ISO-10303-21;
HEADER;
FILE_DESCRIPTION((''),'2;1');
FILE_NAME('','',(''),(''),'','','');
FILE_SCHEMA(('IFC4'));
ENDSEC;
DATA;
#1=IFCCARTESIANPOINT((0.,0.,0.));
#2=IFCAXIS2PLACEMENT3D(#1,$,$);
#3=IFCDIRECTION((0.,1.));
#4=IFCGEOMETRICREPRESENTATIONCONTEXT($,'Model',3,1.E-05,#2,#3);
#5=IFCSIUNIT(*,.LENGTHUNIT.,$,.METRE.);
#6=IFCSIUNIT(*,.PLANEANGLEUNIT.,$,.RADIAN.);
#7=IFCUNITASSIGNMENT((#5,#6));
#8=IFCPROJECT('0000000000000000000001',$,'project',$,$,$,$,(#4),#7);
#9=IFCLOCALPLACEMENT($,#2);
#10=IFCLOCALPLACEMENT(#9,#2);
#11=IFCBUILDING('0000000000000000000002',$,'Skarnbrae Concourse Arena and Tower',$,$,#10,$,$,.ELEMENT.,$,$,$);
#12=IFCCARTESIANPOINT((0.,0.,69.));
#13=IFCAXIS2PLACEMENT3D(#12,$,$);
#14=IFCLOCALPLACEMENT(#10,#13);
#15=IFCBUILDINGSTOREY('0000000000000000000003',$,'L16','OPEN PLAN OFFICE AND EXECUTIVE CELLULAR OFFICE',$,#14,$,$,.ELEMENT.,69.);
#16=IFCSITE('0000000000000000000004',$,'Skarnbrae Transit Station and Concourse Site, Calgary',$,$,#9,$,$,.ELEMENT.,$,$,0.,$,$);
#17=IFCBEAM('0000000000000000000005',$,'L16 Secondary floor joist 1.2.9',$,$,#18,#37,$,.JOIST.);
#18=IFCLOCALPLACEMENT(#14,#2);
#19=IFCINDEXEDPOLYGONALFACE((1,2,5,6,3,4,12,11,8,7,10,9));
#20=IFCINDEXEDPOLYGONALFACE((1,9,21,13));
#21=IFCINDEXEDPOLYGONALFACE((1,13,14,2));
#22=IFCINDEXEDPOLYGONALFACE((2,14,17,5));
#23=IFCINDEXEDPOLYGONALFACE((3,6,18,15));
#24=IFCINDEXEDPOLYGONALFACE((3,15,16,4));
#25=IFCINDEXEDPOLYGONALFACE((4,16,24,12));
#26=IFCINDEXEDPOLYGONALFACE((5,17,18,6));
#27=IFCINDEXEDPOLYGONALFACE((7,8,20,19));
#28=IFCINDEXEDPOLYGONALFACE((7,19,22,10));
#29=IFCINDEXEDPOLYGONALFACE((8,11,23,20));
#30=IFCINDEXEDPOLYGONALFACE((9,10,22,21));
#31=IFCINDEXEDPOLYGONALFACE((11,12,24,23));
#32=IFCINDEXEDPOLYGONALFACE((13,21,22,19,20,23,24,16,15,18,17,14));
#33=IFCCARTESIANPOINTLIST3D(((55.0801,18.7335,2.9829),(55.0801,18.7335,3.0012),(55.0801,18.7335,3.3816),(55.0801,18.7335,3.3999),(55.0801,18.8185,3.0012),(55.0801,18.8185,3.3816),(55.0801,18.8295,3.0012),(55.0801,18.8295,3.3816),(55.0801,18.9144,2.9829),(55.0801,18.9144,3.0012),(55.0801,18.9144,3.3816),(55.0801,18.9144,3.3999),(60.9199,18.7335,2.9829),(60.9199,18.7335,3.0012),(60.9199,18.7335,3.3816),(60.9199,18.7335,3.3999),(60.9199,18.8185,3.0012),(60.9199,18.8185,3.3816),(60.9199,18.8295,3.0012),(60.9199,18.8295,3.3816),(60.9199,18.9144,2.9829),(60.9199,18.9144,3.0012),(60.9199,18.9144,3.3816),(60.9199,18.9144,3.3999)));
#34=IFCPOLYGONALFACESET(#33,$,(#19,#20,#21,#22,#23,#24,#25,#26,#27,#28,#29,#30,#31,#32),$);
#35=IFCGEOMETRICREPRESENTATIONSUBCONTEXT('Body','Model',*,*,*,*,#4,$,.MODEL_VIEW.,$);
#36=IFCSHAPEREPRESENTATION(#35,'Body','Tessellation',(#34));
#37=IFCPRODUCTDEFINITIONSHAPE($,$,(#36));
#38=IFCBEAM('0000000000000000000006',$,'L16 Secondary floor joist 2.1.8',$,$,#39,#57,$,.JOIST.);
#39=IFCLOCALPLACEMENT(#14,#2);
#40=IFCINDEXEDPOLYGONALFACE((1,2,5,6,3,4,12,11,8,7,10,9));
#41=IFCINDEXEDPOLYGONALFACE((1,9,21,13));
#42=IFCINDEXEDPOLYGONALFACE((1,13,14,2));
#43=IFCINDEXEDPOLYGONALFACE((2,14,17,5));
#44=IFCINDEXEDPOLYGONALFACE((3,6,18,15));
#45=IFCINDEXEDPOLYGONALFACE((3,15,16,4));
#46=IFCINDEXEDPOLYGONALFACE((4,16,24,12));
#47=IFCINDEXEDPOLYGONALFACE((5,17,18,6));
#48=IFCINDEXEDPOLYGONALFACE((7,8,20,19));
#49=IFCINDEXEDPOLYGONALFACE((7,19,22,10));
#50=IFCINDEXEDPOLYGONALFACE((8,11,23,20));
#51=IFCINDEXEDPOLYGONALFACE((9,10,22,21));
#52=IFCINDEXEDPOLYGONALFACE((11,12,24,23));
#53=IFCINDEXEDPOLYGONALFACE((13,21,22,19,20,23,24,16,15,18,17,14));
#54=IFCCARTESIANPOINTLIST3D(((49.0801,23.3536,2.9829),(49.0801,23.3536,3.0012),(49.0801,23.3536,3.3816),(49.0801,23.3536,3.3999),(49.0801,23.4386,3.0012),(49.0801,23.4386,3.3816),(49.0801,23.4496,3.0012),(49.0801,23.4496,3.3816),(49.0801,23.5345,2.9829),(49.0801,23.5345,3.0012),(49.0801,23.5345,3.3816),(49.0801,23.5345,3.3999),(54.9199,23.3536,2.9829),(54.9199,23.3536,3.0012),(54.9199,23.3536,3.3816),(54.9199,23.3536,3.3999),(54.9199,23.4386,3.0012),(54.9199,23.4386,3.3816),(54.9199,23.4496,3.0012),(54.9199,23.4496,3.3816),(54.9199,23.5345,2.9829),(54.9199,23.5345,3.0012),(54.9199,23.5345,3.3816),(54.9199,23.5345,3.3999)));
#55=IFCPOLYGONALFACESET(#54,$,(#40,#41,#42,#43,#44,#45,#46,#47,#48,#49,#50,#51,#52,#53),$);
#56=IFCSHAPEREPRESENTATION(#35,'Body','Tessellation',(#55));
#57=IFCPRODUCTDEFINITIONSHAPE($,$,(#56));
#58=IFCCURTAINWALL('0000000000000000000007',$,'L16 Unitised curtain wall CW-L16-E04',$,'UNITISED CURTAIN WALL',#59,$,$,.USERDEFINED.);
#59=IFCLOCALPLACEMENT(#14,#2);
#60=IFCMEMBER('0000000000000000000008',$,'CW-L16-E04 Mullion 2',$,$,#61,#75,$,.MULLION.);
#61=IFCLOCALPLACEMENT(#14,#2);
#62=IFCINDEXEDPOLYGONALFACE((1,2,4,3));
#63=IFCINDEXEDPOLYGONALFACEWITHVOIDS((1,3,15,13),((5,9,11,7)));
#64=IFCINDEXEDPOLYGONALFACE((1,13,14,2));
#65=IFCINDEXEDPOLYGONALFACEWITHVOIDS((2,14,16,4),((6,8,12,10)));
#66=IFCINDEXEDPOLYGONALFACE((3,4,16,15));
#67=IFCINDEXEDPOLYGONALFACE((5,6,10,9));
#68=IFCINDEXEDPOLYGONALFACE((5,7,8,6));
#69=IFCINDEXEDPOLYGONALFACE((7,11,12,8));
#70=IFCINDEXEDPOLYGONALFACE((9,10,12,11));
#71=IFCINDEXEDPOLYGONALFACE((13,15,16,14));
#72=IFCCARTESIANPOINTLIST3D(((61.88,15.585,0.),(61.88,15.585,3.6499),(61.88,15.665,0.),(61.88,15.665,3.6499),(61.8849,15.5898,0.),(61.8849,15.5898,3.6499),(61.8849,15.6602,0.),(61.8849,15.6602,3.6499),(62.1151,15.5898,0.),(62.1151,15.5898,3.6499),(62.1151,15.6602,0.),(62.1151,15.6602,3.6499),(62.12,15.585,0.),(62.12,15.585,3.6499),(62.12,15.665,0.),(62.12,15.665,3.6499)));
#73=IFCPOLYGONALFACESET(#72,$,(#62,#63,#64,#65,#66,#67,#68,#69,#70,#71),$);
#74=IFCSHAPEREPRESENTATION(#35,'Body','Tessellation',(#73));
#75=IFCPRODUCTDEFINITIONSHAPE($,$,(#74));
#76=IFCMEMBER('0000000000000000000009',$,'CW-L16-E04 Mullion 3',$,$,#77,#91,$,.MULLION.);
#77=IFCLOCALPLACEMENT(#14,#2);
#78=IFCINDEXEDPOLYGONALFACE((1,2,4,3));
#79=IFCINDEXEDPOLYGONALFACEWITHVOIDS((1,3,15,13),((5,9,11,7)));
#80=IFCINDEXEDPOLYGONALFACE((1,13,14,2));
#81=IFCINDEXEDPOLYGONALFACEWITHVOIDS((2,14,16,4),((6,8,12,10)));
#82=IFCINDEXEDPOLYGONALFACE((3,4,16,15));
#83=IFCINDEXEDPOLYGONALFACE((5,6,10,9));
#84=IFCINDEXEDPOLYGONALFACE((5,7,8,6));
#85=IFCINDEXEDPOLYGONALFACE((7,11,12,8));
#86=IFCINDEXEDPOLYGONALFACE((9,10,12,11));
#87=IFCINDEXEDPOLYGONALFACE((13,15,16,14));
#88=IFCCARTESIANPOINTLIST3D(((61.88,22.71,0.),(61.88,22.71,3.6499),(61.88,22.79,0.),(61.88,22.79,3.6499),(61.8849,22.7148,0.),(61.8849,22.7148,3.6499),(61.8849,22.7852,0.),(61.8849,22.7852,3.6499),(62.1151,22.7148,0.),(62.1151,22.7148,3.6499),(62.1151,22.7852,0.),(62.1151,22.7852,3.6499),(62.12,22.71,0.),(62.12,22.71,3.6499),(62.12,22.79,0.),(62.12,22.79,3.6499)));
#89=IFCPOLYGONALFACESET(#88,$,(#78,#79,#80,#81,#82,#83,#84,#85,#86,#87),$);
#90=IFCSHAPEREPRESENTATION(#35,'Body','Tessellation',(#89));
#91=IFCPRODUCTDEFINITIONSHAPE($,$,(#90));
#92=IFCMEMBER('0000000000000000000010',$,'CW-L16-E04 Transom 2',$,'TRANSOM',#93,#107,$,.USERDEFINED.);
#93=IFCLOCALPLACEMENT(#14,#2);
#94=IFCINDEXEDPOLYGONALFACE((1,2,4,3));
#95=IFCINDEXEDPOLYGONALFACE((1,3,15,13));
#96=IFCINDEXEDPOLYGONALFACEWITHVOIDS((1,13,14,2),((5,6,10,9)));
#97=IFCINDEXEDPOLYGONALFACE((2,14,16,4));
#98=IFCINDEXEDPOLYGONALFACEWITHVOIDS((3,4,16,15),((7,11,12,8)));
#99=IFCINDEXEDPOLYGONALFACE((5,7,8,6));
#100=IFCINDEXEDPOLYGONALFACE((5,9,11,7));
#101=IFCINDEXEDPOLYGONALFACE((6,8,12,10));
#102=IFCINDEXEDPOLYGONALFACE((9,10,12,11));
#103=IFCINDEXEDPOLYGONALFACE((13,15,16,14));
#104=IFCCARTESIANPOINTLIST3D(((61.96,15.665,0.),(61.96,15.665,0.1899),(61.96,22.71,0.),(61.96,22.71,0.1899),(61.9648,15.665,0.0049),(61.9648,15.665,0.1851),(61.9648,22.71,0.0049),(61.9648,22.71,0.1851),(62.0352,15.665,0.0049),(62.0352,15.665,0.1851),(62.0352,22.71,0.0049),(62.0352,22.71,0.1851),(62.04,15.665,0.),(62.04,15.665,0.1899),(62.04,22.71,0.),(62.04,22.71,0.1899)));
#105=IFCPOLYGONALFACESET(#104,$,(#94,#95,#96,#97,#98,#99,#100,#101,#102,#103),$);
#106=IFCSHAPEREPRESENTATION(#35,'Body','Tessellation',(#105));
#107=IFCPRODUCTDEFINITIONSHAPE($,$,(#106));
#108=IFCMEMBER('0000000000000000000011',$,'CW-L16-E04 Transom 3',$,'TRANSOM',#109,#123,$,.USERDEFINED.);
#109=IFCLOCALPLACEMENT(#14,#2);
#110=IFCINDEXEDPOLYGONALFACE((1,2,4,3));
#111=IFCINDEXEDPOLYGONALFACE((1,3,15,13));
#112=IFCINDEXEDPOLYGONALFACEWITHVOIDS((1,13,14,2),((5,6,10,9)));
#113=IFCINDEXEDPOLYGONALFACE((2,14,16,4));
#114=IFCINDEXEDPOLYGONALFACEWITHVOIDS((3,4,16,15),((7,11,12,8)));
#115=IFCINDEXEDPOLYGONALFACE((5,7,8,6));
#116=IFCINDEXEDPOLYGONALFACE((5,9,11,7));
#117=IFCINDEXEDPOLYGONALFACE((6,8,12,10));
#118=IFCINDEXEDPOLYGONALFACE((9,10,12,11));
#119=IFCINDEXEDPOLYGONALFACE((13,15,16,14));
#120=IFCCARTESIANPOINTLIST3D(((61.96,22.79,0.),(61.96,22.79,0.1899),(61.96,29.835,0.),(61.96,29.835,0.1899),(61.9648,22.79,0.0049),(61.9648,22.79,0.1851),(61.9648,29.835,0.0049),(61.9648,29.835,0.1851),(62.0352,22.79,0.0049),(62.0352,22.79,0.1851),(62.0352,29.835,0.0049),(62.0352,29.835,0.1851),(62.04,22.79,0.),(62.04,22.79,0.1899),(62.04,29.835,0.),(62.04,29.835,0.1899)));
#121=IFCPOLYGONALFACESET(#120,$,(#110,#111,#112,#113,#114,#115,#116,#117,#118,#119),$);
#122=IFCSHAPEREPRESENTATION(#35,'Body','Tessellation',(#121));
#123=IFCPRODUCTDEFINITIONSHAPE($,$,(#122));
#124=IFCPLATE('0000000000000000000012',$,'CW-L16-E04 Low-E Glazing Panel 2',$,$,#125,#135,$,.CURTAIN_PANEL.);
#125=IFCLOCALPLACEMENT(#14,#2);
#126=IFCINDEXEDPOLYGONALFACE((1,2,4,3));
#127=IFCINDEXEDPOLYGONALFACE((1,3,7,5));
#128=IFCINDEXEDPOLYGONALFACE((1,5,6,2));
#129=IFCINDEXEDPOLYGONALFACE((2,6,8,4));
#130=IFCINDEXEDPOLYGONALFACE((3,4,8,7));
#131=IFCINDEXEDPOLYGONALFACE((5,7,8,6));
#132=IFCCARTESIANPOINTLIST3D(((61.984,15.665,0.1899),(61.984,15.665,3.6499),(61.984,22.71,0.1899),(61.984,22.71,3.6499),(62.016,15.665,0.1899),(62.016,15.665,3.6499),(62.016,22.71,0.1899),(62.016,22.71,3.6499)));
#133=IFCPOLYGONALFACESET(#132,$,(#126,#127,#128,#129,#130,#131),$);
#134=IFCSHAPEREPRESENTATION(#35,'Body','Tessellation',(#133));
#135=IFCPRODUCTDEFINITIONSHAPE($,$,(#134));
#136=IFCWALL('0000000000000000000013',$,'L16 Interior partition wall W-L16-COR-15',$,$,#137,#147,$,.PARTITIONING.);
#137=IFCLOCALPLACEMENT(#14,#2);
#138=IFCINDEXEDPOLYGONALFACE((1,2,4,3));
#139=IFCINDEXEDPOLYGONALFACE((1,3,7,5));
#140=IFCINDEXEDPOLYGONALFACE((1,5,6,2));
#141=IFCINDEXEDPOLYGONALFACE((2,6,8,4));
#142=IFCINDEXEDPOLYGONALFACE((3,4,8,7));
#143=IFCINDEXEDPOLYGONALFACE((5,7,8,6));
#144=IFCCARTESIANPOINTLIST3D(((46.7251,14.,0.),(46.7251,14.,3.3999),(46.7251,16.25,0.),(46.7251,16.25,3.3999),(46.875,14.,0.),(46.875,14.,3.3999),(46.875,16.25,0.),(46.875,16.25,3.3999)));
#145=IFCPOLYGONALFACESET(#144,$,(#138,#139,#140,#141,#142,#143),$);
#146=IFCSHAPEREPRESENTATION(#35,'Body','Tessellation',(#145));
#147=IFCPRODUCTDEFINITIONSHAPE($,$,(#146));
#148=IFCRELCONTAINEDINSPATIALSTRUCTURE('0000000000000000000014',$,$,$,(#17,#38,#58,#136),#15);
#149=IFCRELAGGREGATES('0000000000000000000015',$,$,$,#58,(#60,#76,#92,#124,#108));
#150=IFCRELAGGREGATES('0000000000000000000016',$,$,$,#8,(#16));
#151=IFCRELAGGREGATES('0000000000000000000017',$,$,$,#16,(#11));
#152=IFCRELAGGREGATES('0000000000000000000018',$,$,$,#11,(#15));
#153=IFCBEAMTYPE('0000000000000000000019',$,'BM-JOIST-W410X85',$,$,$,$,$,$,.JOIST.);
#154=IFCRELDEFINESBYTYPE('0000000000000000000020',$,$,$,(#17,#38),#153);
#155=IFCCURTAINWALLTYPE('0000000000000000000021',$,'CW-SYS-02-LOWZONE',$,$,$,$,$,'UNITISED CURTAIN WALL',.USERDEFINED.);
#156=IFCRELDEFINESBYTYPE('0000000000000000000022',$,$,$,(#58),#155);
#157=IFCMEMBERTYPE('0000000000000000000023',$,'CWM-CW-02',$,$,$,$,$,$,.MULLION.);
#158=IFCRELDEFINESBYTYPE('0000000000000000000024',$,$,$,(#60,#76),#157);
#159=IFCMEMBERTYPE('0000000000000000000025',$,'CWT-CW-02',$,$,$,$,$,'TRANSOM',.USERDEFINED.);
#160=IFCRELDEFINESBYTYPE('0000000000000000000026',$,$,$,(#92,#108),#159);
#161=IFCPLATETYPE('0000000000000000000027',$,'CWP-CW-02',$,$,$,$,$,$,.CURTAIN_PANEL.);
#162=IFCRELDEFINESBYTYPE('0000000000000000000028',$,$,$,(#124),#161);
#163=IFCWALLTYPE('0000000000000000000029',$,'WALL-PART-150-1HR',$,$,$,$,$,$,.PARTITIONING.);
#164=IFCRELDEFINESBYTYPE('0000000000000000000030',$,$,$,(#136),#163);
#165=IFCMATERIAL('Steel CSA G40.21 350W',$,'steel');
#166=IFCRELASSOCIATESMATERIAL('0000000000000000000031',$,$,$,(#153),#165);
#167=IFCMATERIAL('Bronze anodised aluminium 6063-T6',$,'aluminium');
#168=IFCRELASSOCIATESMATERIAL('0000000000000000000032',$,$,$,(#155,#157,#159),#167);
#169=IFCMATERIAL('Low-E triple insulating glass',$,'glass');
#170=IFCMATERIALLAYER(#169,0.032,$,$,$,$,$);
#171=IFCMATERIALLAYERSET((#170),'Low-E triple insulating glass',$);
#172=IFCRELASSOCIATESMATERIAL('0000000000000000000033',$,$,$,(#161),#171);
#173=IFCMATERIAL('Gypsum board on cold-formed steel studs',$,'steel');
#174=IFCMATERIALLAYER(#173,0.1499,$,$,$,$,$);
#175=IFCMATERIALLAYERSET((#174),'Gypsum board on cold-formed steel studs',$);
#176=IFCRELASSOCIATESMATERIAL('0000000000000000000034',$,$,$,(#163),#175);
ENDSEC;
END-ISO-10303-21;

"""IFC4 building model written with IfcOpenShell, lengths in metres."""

from ifc_helpers import new_model, si_unit, direction, frame, frame_2d, origin, origin_2d, place, context, subcontext, project, spatial, rectangle, hollow_rectangle, i_section, extrude, source, transform, mapped, material, layer, layer_set, material_profile, profile_set, type_object, element, aggregate, save


model = new_model("IFC4")

# Units and contexts
model_context = context("Model", 3, precision=1e-05, world=origin(), true_north=direction((0.0, 1.0)))
body_context = subcontext(model_context, "Body", "Model", "MODEL_VIEW")
ifc_project = project(units=[si_unit("LENGTHUNIT", "METRE"), si_unit("PLANEANGLEUNIT", "RADIAN")], contexts=[model_context])

# Site, building, storey
site_placement = place(None, origin())
site = spatial("IfcSite", under=ifc_project, at=site_placement, Name="Skarnbrae Transit Station and Concourse Site, Calgary", CompositionType="ELEMENT", RefElevation=0.0)
building_placement = place(site_placement, origin())
building = spatial("IfcBuilding", under=site, at=building_placement, Name="Skarnbrae Concourse Arena and Tower", CompositionType="ELEMENT")
storey_placement = place(building_placement, frame((0.0, 0.0, 69.0)))
storey = spatial("IfcBuildingStorey", under=building, at=storey_placement, Name="L16", Description="OPEN PLAN OFFICE AND EXECUTIVE CELLULAR OFFICE", CompositionType="ELEMENT", Elevation=69.0)

# Shared definitions
ifc_material_1 = material(Name="Steel CSA G40.21 350W", Category="steel")

# Beams
ifc_material_profile_1 = material_profile(ifc_material_1, i_section(OverallWidth=0.1809, OverallDepth=0.417, WebThickness=0.011, FlangeThickness=0.0183, at=origin_2d()), Name="W410X85")
ifc_profile_set_1 = profile_set([ifc_material_profile_1], Name="Steel CSA G40.21 350W")
beam_type_1 = type_object("IfcBeamType", Name="BM-JOIST-W410X85", PredefinedType="JOIST", material=ifc_profile_set_1)
shared_shape_1 = source(origin(), body_context, "Body", "SweptSolid", [
    extrude(i_section(OverallWidth=0.1809, OverallDepth=0.417, WebThickness=0.011, FlangeThickness=0.0183, at=origin_2d()), origin(), (0.0, 0.0, 1.0), 5.8398),
])
for number, where, z_axis, x_axis, name in (
    (1, (55.0801, 18.824, 3.1914), (1.0, 0.0, 0.0), (0.0, 1.0, 0.0), "L16 Secondary floor joist 1.2.9"),
    (2, (49.0801, 23.4441, 3.1914), (1.0, 0.0, 0.0), (0.0, 1.0, 0.0), "L16 Secondary floor joist 2.1.8"),
):
    element("IfcBeam", number, at=place(storey_placement, frame(where, z_axis=z_axis, x_axis=x_axis)), inside=storey, type_object=beam_type_1, Name=name, PredefinedType="JOIST", context=body_context, shape_type="MappedRepresentation", body=[
        mapped(shared_shape_1, transform((0.0, 0.0, 0.0))),
    ])

# Curtain wall, members, plate
ifc_material_2 = material(Name="Bronze anodised aluminium 6063-T6", Category="aluminium")
curtain_wall_type = type_object("IfcCurtainWallType", Name="CW-SYS-02-LOWZONE", ElementType="UNITISED CURTAIN WALL", PredefinedType="USERDEFINED", material=ifc_material_2)
curtain_wall_placement = place(storey_placement, origin())
curtain_wall = element("IfcCurtainWall", 3, at=curtain_wall_placement, inside=storey, type_object=curtain_wall_type, Name="L16 Unitised curtain wall CW-L16-E04", ObjectType="UNITISED CURTAIN WALL", PredefinedType="USERDEFINED")
ifc_material_profile_2 = material_profile(ifc_material_2, hollow_rectangle(XDim=0.0801, YDim=0.24, WallThickness=0.0049, at=origin_2d()), Name="ALU-MULL-80X240")
ifc_profile_set_2 = profile_set([ifc_material_profile_2], Name="Bronze anodised aluminium 6063-T6")
member_type_1 = type_object("IfcMemberType", Name="CWM-CW-02", PredefinedType="MULLION", material=ifc_profile_set_2)
shared_shape_2 = source(origin(), body_context, "Body", "SweptSolid", [
    extrude(hollow_rectangle(XDim=0.0801, YDim=0.24, WallThickness=0.0049, at=origin_2d()), origin(), (0.0, 0.0, 1.0), 3.6499),
])
member_1_placement = place(storey_placement, frame((62.0, 15.625, 0.0), z_axis=(0.0, 0.0, 1.0), x_axis=(0.0, 1.0, 0.0)))
member_1 = element("IfcMember", 4, at=member_1_placement, type_object=member_type_1, Name="CW-L16-E04 Mullion 2", PredefinedType="MULLION", context=body_context, shape_type="MappedRepresentation", body=[
    mapped(shared_shape_2, transform((0.0, 0.0, 0.0))),
])
member_2_placement = place(storey_placement, frame((62.0, 22.75, 0.0), z_axis=(0.0, 0.0, 1.0), x_axis=(0.0, 1.0, 0.0)))
member_2 = element("IfcMember", 5, at=member_2_placement, type_object=member_type_1, Name="CW-L16-E04 Mullion 3", PredefinedType="MULLION", context=body_context, shape_type="MappedRepresentation", body=[
    mapped(shared_shape_2, transform((0.0, 0.0, 0.0))),
])
ifc_material_profile_3 = material_profile(ifc_material_2, hollow_rectangle(XDim=0.0801, YDim=0.1899, WallThickness=0.0049, at=origin_2d()), Name="ALU-TRAN-80X190")
ifc_profile_set_3 = profile_set([ifc_material_profile_3], Name="Bronze anodised aluminium 6063-T6")
member_type_2 = type_object("IfcMemberType", Name="CWT-CW-02", ElementType="TRANSOM", PredefinedType="USERDEFINED", material=ifc_profile_set_3)
shared_shape_3 = source(origin(), body_context, "Body", "SweptSolid", [
    extrude(hollow_rectangle(XDim=0.0801, YDim=0.1899, WallThickness=0.0049, at=origin_2d()), origin(), (0.0, 0.0, 1.0), 7.0449),
])
member_3_placement = place(storey_placement, frame((62.0, 15.665, 0.095), z_axis=(0.0, 1.0, 0.0), x_axis=(-1.0, 0.0, 0.0)))
member_3 = element("IfcMember", 6, at=member_3_placement, type_object=member_type_2, Name="CW-L16-E04 Transom 2", ObjectType="TRANSOM", PredefinedType="USERDEFINED", context=body_context, shape_type="MappedRepresentation", body=[
    mapped(shared_shape_3, transform((0.0, 0.0, 0.0))),
])
member_4_placement = place(storey_placement, frame((62.0, 22.79, 0.095), z_axis=(0.0, 1.0, 0.0), x_axis=(-1.0, 0.0, 0.0)))
member_4 = element("IfcMember", 7, at=member_4_placement, type_object=member_type_2, Name="CW-L16-E04 Transom 3", ObjectType="TRANSOM", PredefinedType="USERDEFINED", context=body_context, shape_type="MappedRepresentation", body=[
    mapped(shared_shape_3, transform((0.0, 0.0, 0.0))),
])
ifc_material_3 = material(Name="Low-E triple insulating glass", Category="glass")
ifc_layer_1 = layer(ifc_material_3, 0.032)
ifc_layer_set_1 = layer_set([ifc_layer_1], Name="Low-E triple insulating glass")
plate_type = type_object("IfcPlateType", Name="CWP-CW-02", PredefinedType="CURTAIN_PANEL", material=ifc_layer_set_1)
shared_shape_4 = source(origin(), body_context, "Body", "SweptSolid", [
    extrude(rectangle(XDim=7.0449, YDim=0.032, at=origin_2d()), origin(), (0.0, 0.0, 1.0), 3.46),
])
plate_placement = place(storey_placement, frame((62.0, 19.1875, 0.1899), z_axis=(0.0, 0.0, 1.0), x_axis=(0.0, 1.0, 0.0)))
plate = element("IfcPlate", 8, at=plate_placement, type_object=plate_type, Name="CW-L16-E04 Low-E Glazing Panel 2", PredefinedType="CURTAIN_PANEL", context=body_context, shape_type="MappedRepresentation", body=[
    mapped(shared_shape_4, transform((0.0, 0.0, 0.0))),
])
aggregate(curtain_wall, [member_1, member_2, member_3, plate, member_4])

# Wall
ifc_material_4 = material(Name="Gypsum board on cold-formed steel studs", Category="steel")
ifc_layer_2 = layer(ifc_material_4, 0.1499)
ifc_layer_set_2 = layer_set([ifc_layer_2], Name="Gypsum board on cold-formed steel studs")
wall_type = type_object("IfcWallType", Name="WALL-PART-150-1HR", PredefinedType="PARTITIONING", material=ifc_layer_set_2)
shared_shape_5 = source(origin(), body_context, "Body", "SweptSolid", [
    extrude(rectangle(XDim=2.25, YDim=0.1499, at=frame_2d((1.125, 0.0))), origin(), (0.0, 0.0, 1.0), 3.3999),
])
wall_placement = place(storey_placement, frame((46.8, 16.25, 0.0), z_axis=(0.0, 0.0, 1.0), x_axis=(0.0, -1.0, 0.0)))
element("IfcWall", 9, at=wall_placement, inside=storey, type_object=wall_type, Name="L16 Interior partition wall W-L16-COR-15", PredefinedType="PARTITIONING", context=body_context, shape_type="MappedRepresentation", body=[
    mapped(shared_shape_5, transform((0.0, 0.0, 0.0))),
])

save(model, "model.ifc")
